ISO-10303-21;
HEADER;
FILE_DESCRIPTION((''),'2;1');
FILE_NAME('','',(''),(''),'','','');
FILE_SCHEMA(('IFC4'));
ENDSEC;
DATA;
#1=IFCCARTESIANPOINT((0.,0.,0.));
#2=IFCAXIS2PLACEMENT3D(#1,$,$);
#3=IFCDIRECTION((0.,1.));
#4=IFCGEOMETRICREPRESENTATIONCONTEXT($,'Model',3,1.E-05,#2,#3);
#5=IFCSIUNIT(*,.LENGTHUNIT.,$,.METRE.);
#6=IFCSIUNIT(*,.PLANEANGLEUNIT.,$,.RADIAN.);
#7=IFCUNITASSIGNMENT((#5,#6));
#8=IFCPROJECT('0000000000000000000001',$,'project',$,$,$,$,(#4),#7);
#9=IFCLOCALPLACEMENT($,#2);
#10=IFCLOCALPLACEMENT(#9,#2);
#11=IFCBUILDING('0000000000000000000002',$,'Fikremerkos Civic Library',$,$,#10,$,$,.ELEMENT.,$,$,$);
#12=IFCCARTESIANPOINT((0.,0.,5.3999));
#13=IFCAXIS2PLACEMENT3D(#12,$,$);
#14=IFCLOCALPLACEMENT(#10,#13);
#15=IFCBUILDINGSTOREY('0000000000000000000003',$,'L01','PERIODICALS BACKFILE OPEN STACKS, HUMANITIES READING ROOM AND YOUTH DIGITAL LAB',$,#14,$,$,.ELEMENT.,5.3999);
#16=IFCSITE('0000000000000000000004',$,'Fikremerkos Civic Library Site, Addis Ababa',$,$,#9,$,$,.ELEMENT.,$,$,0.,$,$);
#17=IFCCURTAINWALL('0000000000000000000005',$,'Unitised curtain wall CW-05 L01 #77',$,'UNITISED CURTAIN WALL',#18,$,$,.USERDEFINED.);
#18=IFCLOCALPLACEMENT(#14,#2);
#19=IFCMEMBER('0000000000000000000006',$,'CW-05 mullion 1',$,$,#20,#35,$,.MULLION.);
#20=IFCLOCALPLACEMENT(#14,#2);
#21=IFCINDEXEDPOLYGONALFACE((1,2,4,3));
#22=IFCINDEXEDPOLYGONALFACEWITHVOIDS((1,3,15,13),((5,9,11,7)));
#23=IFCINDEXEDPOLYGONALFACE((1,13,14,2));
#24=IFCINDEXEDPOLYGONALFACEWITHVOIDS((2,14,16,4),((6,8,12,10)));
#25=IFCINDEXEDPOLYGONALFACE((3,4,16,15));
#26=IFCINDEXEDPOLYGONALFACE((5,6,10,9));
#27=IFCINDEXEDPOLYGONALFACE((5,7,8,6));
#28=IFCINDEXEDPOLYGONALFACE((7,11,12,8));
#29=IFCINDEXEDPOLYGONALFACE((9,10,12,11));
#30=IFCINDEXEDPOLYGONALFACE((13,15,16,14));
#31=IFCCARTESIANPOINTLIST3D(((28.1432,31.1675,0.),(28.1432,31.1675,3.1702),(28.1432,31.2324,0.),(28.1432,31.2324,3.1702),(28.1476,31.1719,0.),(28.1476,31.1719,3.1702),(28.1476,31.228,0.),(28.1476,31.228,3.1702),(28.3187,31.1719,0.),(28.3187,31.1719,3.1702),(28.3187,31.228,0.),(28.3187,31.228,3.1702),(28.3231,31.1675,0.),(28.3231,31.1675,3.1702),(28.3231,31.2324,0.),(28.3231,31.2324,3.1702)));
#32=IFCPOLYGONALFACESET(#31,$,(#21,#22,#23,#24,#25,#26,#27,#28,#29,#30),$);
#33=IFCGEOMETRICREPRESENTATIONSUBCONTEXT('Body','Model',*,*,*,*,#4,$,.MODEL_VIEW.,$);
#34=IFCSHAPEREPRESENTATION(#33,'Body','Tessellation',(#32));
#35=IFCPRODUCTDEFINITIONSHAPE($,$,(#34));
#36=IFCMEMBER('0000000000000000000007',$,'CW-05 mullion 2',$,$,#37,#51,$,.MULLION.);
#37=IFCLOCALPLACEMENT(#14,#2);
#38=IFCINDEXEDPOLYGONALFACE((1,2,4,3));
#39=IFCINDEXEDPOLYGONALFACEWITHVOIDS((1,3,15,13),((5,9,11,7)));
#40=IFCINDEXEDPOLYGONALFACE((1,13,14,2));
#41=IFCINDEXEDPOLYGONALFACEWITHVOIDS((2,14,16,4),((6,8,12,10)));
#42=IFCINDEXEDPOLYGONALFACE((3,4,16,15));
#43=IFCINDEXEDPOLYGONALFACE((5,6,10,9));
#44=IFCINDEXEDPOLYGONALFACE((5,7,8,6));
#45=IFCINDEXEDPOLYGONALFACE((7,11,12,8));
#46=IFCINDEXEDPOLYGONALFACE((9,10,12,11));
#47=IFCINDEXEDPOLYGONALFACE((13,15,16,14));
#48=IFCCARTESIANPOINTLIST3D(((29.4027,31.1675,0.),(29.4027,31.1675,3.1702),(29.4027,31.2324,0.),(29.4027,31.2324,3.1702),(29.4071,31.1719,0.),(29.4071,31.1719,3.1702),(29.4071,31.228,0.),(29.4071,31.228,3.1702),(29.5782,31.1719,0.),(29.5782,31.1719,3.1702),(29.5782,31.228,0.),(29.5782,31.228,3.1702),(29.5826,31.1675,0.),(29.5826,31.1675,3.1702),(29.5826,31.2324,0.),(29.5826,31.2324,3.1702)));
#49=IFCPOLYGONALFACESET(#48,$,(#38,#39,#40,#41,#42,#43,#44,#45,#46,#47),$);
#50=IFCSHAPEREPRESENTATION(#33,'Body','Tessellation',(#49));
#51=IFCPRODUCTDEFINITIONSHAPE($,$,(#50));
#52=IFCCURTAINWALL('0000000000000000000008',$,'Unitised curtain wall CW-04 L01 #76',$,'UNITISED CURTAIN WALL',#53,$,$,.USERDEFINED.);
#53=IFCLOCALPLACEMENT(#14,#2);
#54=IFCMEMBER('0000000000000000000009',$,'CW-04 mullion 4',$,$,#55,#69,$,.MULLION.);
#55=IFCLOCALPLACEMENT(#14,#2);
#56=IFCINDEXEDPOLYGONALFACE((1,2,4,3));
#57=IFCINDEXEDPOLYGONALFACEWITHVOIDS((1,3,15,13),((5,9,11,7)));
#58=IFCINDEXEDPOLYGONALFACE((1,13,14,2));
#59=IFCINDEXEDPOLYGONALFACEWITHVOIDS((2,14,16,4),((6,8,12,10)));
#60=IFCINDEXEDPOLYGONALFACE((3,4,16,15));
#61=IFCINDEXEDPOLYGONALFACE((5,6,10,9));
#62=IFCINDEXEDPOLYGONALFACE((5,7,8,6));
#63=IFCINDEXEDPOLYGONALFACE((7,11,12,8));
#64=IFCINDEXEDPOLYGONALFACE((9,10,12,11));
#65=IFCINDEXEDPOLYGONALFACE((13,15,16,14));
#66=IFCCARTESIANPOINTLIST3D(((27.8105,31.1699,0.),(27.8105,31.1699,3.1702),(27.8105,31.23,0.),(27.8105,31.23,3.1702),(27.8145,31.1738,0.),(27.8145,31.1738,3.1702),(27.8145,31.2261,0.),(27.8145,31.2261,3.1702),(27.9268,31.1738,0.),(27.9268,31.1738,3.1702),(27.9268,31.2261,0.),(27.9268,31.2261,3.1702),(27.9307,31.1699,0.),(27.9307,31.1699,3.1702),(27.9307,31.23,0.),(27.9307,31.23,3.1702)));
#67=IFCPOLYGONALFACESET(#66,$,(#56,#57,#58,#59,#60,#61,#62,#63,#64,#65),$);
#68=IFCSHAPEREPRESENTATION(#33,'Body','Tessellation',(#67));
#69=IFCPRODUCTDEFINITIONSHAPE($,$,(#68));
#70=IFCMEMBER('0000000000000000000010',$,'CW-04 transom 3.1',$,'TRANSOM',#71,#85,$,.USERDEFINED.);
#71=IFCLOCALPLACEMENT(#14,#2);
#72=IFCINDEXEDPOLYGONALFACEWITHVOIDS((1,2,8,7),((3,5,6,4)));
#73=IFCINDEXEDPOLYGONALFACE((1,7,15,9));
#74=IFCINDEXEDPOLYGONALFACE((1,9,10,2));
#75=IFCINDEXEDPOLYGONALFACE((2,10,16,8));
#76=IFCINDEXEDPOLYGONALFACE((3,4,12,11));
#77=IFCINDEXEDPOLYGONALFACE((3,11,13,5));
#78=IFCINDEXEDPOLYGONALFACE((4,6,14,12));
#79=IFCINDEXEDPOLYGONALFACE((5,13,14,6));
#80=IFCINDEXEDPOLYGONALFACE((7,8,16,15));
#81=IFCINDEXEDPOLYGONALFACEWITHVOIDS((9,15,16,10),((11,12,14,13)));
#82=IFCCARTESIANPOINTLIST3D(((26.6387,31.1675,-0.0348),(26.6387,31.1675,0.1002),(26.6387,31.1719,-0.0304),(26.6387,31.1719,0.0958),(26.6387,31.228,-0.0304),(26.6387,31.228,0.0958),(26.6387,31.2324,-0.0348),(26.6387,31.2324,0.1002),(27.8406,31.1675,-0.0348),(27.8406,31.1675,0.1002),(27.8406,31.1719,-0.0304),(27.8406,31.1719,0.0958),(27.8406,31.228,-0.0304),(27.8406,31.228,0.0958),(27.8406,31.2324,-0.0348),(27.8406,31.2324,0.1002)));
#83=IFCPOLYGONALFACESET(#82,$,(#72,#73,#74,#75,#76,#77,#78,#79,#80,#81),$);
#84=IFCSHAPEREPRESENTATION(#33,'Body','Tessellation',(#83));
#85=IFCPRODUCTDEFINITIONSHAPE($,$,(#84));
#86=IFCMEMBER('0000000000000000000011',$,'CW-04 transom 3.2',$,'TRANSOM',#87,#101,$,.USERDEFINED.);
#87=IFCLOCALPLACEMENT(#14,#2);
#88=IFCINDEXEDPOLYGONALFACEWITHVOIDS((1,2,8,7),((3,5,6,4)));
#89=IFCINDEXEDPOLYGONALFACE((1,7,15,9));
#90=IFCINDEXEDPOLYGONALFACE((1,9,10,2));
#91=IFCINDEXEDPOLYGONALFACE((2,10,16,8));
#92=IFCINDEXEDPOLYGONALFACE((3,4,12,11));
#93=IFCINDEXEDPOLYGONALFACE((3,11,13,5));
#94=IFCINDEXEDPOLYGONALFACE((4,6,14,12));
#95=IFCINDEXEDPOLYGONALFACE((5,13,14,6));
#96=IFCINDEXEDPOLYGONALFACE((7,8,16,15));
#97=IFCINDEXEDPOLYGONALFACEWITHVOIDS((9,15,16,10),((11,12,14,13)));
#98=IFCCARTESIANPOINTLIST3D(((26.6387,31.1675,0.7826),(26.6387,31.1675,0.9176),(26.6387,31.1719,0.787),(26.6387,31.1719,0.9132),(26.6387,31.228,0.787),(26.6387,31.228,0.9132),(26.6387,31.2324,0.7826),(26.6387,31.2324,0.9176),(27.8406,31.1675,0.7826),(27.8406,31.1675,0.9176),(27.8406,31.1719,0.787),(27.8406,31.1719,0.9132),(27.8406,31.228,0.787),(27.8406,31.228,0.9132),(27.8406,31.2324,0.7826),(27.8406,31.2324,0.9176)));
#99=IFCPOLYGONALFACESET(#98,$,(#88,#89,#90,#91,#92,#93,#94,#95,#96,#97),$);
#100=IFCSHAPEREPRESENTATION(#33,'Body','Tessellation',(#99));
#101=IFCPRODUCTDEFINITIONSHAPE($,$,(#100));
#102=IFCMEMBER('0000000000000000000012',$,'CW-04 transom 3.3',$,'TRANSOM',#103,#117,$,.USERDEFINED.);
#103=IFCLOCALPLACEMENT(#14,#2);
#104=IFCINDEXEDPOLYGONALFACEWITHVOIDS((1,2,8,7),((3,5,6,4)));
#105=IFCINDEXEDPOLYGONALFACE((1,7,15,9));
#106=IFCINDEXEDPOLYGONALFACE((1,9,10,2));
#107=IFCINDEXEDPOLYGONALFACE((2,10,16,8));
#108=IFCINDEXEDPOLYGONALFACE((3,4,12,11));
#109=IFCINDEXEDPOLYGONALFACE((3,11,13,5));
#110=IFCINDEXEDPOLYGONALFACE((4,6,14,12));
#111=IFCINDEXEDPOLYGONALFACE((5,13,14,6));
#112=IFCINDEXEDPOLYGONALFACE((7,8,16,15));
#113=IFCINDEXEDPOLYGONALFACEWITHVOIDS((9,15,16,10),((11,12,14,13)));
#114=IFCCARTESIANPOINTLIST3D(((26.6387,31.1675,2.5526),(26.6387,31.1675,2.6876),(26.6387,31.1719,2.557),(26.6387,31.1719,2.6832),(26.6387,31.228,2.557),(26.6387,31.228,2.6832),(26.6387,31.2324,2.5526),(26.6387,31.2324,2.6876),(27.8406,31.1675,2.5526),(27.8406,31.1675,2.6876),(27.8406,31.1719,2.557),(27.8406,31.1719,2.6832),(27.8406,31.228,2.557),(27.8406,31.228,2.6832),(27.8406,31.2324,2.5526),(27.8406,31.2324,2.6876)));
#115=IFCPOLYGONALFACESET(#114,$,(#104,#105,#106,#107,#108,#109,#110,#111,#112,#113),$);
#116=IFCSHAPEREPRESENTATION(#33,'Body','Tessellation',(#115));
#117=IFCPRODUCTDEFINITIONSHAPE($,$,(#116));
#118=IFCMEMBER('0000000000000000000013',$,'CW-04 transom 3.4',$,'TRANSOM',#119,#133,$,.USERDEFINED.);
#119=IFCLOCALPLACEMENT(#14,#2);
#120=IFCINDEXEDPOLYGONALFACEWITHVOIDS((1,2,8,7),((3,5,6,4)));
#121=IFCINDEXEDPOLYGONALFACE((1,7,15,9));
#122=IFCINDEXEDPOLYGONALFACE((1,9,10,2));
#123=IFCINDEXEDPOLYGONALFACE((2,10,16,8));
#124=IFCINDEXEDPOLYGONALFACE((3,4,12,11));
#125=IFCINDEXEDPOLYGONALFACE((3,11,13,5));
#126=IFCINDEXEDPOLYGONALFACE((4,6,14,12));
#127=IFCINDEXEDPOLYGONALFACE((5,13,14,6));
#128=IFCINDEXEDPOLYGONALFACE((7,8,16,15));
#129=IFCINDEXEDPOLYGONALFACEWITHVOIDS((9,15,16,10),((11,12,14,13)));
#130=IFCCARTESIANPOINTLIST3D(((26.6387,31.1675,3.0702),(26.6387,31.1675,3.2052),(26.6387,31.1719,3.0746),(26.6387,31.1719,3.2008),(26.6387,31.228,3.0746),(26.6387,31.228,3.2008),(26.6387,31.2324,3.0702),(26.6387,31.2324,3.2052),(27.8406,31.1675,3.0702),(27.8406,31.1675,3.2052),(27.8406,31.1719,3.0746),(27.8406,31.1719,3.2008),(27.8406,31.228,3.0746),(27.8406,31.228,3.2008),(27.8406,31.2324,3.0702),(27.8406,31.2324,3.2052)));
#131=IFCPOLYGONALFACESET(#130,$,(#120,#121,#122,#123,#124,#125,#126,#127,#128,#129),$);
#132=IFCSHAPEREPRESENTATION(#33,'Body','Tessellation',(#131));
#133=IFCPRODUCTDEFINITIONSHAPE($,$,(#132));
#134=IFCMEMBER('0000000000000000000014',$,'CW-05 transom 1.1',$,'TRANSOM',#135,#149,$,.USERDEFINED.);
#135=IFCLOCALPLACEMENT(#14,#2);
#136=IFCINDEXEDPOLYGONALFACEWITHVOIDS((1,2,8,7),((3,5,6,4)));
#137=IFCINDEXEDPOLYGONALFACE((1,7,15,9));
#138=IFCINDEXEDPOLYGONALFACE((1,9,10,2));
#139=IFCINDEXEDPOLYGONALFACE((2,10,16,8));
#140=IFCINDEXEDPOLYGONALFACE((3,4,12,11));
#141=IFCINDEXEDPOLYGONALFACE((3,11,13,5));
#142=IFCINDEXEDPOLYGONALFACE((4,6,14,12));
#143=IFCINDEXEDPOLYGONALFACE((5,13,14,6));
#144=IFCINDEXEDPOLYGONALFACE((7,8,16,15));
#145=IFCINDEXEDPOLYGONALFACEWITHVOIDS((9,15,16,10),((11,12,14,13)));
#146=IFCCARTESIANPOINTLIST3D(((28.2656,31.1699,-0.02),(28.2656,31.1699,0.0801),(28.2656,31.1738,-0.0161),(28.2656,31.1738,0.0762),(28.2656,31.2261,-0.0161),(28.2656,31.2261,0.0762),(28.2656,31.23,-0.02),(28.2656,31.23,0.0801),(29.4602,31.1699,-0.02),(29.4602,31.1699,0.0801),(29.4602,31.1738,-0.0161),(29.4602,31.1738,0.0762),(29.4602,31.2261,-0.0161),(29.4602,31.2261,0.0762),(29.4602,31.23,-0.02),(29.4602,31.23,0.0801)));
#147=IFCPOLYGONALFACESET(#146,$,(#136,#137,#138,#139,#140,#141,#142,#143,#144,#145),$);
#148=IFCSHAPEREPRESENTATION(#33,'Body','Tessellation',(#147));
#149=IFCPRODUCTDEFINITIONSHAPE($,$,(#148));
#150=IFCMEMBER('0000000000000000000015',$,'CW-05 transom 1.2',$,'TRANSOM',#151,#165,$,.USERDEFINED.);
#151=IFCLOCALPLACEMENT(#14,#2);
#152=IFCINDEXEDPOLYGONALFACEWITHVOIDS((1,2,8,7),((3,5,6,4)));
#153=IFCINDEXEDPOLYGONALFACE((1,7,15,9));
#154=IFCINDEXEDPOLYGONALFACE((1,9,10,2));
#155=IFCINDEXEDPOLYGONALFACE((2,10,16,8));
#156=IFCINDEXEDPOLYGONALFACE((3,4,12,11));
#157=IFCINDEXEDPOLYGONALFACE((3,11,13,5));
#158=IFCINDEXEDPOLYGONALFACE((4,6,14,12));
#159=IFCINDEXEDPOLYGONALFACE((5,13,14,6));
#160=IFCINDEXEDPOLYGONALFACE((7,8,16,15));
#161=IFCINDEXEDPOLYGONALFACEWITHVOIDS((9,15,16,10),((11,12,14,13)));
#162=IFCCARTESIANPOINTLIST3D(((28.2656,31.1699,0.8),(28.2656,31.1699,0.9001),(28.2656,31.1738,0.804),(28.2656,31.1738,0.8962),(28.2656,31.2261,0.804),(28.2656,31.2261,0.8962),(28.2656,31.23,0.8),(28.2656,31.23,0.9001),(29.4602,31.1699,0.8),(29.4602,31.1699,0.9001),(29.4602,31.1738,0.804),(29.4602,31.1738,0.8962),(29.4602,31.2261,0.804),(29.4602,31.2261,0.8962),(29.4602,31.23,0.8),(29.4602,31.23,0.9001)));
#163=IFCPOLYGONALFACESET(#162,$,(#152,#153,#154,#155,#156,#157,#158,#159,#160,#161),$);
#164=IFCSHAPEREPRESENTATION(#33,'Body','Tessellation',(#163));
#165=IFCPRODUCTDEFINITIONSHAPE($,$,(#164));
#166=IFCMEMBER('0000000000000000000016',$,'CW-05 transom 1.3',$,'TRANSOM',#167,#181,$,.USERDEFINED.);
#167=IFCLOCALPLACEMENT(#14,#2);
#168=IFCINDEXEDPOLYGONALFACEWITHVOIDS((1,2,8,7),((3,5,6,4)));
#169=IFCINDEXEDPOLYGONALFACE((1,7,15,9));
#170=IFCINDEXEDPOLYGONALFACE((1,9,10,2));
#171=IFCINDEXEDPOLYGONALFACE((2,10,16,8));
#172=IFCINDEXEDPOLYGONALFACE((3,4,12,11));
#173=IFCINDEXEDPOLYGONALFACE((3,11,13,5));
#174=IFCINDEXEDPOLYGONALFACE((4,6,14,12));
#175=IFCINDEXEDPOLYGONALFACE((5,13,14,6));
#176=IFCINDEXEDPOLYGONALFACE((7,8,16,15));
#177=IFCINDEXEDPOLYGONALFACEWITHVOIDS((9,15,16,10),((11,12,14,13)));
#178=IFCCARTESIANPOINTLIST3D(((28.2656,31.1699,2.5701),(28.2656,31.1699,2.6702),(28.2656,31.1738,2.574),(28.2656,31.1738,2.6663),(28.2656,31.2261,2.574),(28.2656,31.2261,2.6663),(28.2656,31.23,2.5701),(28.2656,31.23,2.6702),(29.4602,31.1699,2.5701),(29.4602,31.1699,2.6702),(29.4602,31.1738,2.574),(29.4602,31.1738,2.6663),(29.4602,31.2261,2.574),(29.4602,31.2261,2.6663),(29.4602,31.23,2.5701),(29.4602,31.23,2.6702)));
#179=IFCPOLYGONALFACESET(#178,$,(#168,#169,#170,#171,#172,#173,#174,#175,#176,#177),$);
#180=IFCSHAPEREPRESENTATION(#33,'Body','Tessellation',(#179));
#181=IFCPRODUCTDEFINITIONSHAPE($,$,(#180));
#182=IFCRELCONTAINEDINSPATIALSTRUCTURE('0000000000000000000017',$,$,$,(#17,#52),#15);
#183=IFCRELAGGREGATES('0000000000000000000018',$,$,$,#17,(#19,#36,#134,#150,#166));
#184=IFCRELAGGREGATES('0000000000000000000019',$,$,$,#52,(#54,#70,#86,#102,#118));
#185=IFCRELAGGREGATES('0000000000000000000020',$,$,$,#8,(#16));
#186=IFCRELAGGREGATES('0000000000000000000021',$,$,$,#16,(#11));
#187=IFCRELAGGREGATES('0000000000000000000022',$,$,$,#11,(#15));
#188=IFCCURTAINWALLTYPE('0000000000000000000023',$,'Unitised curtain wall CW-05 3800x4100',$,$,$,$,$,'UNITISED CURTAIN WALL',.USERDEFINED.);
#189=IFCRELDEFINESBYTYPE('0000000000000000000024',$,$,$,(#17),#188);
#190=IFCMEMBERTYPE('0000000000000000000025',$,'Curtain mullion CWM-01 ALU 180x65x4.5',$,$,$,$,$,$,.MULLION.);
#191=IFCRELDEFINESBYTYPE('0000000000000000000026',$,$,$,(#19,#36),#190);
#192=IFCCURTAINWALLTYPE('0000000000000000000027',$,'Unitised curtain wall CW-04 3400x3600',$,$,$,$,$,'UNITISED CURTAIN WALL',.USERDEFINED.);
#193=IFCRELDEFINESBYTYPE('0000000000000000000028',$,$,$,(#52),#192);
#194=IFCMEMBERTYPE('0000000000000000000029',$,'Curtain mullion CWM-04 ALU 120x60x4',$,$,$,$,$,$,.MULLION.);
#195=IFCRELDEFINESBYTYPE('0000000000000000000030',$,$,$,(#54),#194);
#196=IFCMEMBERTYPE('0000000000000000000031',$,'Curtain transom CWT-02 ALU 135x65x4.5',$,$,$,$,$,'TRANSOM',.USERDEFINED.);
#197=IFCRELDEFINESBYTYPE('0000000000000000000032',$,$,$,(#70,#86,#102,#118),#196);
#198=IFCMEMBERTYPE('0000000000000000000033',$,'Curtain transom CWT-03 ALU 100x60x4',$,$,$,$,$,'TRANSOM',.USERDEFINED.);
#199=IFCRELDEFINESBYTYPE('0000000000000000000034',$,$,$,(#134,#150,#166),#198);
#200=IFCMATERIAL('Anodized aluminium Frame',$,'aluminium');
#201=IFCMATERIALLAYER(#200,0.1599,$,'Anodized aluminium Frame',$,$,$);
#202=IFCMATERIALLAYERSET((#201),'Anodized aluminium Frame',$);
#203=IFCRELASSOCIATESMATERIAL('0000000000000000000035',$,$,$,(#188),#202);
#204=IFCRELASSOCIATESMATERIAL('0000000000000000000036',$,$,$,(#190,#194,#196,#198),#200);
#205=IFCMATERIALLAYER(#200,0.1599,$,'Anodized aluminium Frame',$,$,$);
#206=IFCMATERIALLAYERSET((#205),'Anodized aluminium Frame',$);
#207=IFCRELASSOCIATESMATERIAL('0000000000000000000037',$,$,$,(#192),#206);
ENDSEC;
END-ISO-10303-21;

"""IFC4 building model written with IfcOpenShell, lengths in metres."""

from ifc_helpers import new_model, si_unit, direction, frame, origin, origin_2d, place, context, subcontext, project, spatial, hollow_rectangle, extrude, material, layer, layer_set, material_profile, profile_set, type_object, element, aggregate, save


model = new_model("IFC4")

# Units and contexts
model_context = context("Model", 3, precision=1e-05, world=origin(), true_north=direction((0.0, 1.0)))
body_context = subcontext(model_context, "Body", "Model", "MODEL_VIEW")
ifc_project = project(units=[si_unit("LENGTHUNIT", "METRE"), si_unit("PLANEANGLEUNIT", "RADIAN")], contexts=[model_context])

# Site, building, storey
site_placement = place(None, origin())
site = spatial("IfcSite", under=ifc_project, at=site_placement, Name="Fikremerkos Civic Library Site, Addis Ababa", CompositionType="ELEMENT", RefElevation=0.0)
building_placement = place(site_placement, origin())
building = spatial("IfcBuilding", under=site, at=building_placement, Name="Fikremerkos Civic Library", CompositionType="ELEMENT")
storey_placement = place(building_placement, frame((0.0, 0.0, 5.3999)))
storey = spatial("IfcBuildingStorey", under=building, at=storey_placement, Name="L01", Description="PERIODICALS BACKFILE OPEN STACKS, HUMANITIES READING ROOM AND YOUTH DIGITAL LAB", CompositionType="ELEMENT", Elevation=5.3999)

# Curtain walls, members
ifc_material_1 = material(Name="Anodized aluminium Frame", Category="aluminium")
ifc_layer_1 = layer(ifc_material_1, 0.1599, Name="Anodized aluminium Frame")
ifc_layer_set_1 = layer_set([ifc_layer_1], Name="Anodized aluminium Frame")
curtain_wall_type_1 = type_object("IfcCurtainWallType", Name="Unitised curtain wall CW-05 3800x4100", ElementType="UNITISED CURTAIN WALL", PredefinedType="USERDEFINED", material=ifc_layer_set_1)
curtain_wall_1_placement = place(storey_placement, origin())
curtain_wall_1 = element("IfcCurtainWall", 1, at=curtain_wall_1_placement, inside=storey, type_object=curtain_wall_type_1, Name="Unitised curtain wall CW-05 L01 #77", ObjectType="UNITISED CURTAIN WALL", PredefinedType="USERDEFINED")
ifc_material_profile_1 = material_profile(ifc_material_1, hollow_rectangle(XDim=0.0649, YDim=0.1799, WallThickness=0.0044, at=origin_2d()), Name="ALU 180x65x4.5")
ifc_profile_set_1 = profile_set([ifc_material_profile_1], Name="Anodized aluminium Frame")
member_type_1 = type_object("IfcMemberType", Name="Curtain mullion CWM-01 ALU 180x65x4.5", PredefinedType="MULLION", material=ifc_profile_set_1)
member_1_placement = place(storey_placement, frame((28.2332, 31.2, 0.0), z_axis=(0.0, 0.0, 1.0), x_axis=(0.0, 1.0, 0.0)))
member_1 = element("IfcMember", 2, at=member_1_placement, type_object=member_type_1, Name="CW-05 mullion 1", PredefinedType="MULLION", context=body_context, shape_type="SweptSolid", body=[
    extrude(hollow_rectangle(XDim=0.0649, YDim=0.1799, WallThickness=0.0044, at=origin_2d()), origin(), (0.0, 0.0, 1.0), 3.1702),
])
member_2_placement = place(storey_placement, frame((29.4927, 31.2, 0.0), z_axis=(0.0, 0.0, 1.0), x_axis=(0.0, 1.0, 0.0)))
member_2 = element("IfcMember", 3, at=member_2_placement, type_object=member_type_1, Name="CW-05 mullion 2", PredefinedType="MULLION", context=body_context, shape_type="SweptSolid", body=[
    extrude(hollow_rectangle(XDim=0.0649, YDim=0.1799, WallThickness=0.0044, at=origin_2d()), origin(), (0.0, 0.0, 1.0), 3.1702),
])
ifc_layer_2 = layer(ifc_material_1, 0.1599, Name="Anodized aluminium Frame")
ifc_layer_set_2 = layer_set([ifc_layer_2], Name="Anodized aluminium Frame")
curtain_wall_type_2 = type_object("IfcCurtainWallType", Name="Unitised curtain wall CW-04 3400x3600", ElementType="UNITISED CURTAIN WALL", PredefinedType="USERDEFINED", material=ifc_layer_set_2)
curtain_wall_2_placement = place(storey_placement, origin())
curtain_wall_2 = element("IfcCurtainWall", 4, at=curtain_wall_2_placement, inside=storey, type_object=curtain_wall_type_2, Name="Unitised curtain wall CW-04 L01 #76", ObjectType="UNITISED CURTAIN WALL", PredefinedType="USERDEFINED")
ifc_material_profile_2 = material_profile(ifc_material_1, hollow_rectangle(XDim=0.0601, YDim=0.1201, WallThickness=0.0039, at=origin_2d()), Name="ALU 120x60x4")
ifc_profile_set_2 = profile_set([ifc_material_profile_2], Name="Anodized aluminium Frame")
member_type_2 = type_object("IfcMemberType", Name="Curtain mullion CWM-04 ALU 120x60x4", PredefinedType="MULLION", material=ifc_profile_set_2)
member_3_placement = place(storey_placement, frame((27.8706, 31.2, 0.0), z_axis=(0.0, 0.0, 1.0), x_axis=(0.0, 1.0, 0.0)))
member_3 = element("IfcMember", 5, at=member_3_placement, type_object=member_type_2, Name="CW-04 mullion 4", PredefinedType="MULLION", context=body_context, shape_type="SweptSolid", body=[
    extrude(hollow_rectangle(XDim=0.0601, YDim=0.1201, WallThickness=0.0039, at=origin_2d()), origin(), (0.0, 0.0, 1.0), 3.1702),
])
ifc_material_profile_3 = material_profile(ifc_material_1, hollow_rectangle(XDim=0.0649, YDim=0.135, WallThickness=0.0044, at=origin_2d()), Name="ALU 135x65x4.5")
ifc_profile_set_3 = profile_set([ifc_material_profile_3], Name="Anodized aluminium Frame")
member_type_3 = type_object("IfcMemberType", Name="Curtain transom CWT-02 ALU 135x65x4.5", ElementType="TRANSOM", PredefinedType="USERDEFINED", material=ifc_profile_set_3)
member_4_placement = place(storey_placement, frame((26.6387, 31.2, 0.0327), z_axis=(1.0, 0.0, 0.0), x_axis=(0.0, 1.0, 0.0)))
member_4 = element("IfcMember", 6, at=member_4_placement, type_object=member_type_3, Name="CW-04 transom 3.1", ObjectType="TRANSOM", PredefinedType="USERDEFINED", context=body_context, shape_type="SweptSolid", body=[
    extrude(hollow_rectangle(XDim=0.0649, YDim=0.135, WallThickness=0.0044, at=origin_2d()), origin(), (0.0, 0.0, 1.0), 1.2019),
])
member_5_placement = place(storey_placement, frame((26.6387, 31.2, 0.8501), z_axis=(1.0, 0.0, 0.0), x_axis=(0.0, 1.0, 0.0)))
member_5 = element("IfcMember", 7, at=member_5_placement, type_object=member_type_3, Name="CW-04 transom 3.2", ObjectType="TRANSOM", PredefinedType="USERDEFINED", context=body_context, shape_type="SweptSolid", body=[
    extrude(hollow_rectangle(XDim=0.0649, YDim=0.135, WallThickness=0.0044, at=origin_2d()), origin(), (0.0, 0.0, 1.0), 1.2019),
])
member_6_placement = place(storey_placement, frame((26.6387, 31.2, 2.6201), z_axis=(1.0, 0.0, 0.0), x_axis=(0.0, 1.0, 0.0)))
member_6 = element("IfcMember", 8, at=member_6_placement, type_object=member_type_3, Name="CW-04 transom 3.3", ObjectType="TRANSOM", PredefinedType="USERDEFINED", context=body_context, shape_type="SweptSolid", body=[
    extrude(hollow_rectangle(XDim=0.0649, YDim=0.135, WallThickness=0.0044, at=origin_2d()), origin(), (0.0, 0.0, 1.0), 1.2019),
])
member_7_placement = place(storey_placement, frame((26.6387, 31.2, 3.1377), z_axis=(1.0, 0.0, 0.0), x_axis=(0.0, 1.0, 0.0)))
member_7 = element("IfcMember", 9, at=member_7_placement, type_object=member_type_3, Name="CW-04 transom 3.4", ObjectType="TRANSOM", PredefinedType="USERDEFINED", context=body_context, shape_type="SweptSolid", body=[
    extrude(hollow_rectangle(XDim=0.0649, YDim=0.135, WallThickness=0.0044, at=origin_2d()), origin(), (0.0, 0.0, 1.0), 1.2019),
])

# Members
ifc_material_profile_4 = material_profile(ifc_material_1, hollow_rectangle(XDim=0.0601, YDim=0.1001, WallThickness=0.0039, at=origin_2d()), Name="ALU 100x60x4")
ifc_profile_set_4 = profile_set([ifc_material_profile_4], Name="Anodized aluminium Frame")
member_type_4 = type_object("IfcMemberType", Name="Curtain transom CWT-03 ALU 100x60x4", ElementType="TRANSOM", PredefinedType="USERDEFINED", material=ifc_profile_set_4)
member_8_placement = place(storey_placement, frame((28.2656, 31.2, 0.03), z_axis=(1.0, 0.0, 0.0), x_axis=(0.0, 1.0, 0.0)))
member_8 = element("IfcMember", 10, at=member_8_placement, type_object=member_type_4, Name="CW-05 transom 1.1", ObjectType="TRANSOM", PredefinedType="USERDEFINED", context=body_context, shape_type="SweptSolid", body=[
    extrude(hollow_rectangle(XDim=0.0601, YDim=0.1001, WallThickness=0.0039, at=origin_2d()), origin(), (0.0, 0.0, 1.0), 1.1946),
])
member_9_placement = place(storey_placement, frame((28.2656, 31.2, 0.8501), z_axis=(1.0, 0.0, 0.0), x_axis=(0.0, 1.0, 0.0)))
member_9 = element("IfcMember", 11, at=member_9_placement, type_object=member_type_4, Name="CW-05 transom 1.2", ObjectType="TRANSOM", PredefinedType="USERDEFINED", context=body_context, shape_type="SweptSolid", body=[
    extrude(hollow_rectangle(XDim=0.0601, YDim=0.1001, WallThickness=0.0039, at=origin_2d()), origin(), (0.0, 0.0, 1.0), 1.1946),
])
member_10_placement = place(storey_placement, frame((28.2656, 31.2, 2.6201), z_axis=(1.0, 0.0, 0.0), x_axis=(0.0, 1.0, 0.0)))
member_10 = element("IfcMember", 12, at=member_10_placement, type_object=member_type_4, Name="CW-05 transom 1.3", ObjectType="TRANSOM", PredefinedType="USERDEFINED", context=body_context, shape_type="SweptSolid", body=[
    extrude(hollow_rectangle(XDim=0.0601, YDim=0.1001, WallThickness=0.0039, at=origin_2d()), origin(), (0.0, 0.0, 1.0), 1.1946),
])

aggregate(curtain_wall_1, [member_1, member_2, member_8, member_9, member_10])
aggregate(curtain_wall_2, [member_3, member_4, member_5, member_6, member_7])

save(model, "model.ifc")
